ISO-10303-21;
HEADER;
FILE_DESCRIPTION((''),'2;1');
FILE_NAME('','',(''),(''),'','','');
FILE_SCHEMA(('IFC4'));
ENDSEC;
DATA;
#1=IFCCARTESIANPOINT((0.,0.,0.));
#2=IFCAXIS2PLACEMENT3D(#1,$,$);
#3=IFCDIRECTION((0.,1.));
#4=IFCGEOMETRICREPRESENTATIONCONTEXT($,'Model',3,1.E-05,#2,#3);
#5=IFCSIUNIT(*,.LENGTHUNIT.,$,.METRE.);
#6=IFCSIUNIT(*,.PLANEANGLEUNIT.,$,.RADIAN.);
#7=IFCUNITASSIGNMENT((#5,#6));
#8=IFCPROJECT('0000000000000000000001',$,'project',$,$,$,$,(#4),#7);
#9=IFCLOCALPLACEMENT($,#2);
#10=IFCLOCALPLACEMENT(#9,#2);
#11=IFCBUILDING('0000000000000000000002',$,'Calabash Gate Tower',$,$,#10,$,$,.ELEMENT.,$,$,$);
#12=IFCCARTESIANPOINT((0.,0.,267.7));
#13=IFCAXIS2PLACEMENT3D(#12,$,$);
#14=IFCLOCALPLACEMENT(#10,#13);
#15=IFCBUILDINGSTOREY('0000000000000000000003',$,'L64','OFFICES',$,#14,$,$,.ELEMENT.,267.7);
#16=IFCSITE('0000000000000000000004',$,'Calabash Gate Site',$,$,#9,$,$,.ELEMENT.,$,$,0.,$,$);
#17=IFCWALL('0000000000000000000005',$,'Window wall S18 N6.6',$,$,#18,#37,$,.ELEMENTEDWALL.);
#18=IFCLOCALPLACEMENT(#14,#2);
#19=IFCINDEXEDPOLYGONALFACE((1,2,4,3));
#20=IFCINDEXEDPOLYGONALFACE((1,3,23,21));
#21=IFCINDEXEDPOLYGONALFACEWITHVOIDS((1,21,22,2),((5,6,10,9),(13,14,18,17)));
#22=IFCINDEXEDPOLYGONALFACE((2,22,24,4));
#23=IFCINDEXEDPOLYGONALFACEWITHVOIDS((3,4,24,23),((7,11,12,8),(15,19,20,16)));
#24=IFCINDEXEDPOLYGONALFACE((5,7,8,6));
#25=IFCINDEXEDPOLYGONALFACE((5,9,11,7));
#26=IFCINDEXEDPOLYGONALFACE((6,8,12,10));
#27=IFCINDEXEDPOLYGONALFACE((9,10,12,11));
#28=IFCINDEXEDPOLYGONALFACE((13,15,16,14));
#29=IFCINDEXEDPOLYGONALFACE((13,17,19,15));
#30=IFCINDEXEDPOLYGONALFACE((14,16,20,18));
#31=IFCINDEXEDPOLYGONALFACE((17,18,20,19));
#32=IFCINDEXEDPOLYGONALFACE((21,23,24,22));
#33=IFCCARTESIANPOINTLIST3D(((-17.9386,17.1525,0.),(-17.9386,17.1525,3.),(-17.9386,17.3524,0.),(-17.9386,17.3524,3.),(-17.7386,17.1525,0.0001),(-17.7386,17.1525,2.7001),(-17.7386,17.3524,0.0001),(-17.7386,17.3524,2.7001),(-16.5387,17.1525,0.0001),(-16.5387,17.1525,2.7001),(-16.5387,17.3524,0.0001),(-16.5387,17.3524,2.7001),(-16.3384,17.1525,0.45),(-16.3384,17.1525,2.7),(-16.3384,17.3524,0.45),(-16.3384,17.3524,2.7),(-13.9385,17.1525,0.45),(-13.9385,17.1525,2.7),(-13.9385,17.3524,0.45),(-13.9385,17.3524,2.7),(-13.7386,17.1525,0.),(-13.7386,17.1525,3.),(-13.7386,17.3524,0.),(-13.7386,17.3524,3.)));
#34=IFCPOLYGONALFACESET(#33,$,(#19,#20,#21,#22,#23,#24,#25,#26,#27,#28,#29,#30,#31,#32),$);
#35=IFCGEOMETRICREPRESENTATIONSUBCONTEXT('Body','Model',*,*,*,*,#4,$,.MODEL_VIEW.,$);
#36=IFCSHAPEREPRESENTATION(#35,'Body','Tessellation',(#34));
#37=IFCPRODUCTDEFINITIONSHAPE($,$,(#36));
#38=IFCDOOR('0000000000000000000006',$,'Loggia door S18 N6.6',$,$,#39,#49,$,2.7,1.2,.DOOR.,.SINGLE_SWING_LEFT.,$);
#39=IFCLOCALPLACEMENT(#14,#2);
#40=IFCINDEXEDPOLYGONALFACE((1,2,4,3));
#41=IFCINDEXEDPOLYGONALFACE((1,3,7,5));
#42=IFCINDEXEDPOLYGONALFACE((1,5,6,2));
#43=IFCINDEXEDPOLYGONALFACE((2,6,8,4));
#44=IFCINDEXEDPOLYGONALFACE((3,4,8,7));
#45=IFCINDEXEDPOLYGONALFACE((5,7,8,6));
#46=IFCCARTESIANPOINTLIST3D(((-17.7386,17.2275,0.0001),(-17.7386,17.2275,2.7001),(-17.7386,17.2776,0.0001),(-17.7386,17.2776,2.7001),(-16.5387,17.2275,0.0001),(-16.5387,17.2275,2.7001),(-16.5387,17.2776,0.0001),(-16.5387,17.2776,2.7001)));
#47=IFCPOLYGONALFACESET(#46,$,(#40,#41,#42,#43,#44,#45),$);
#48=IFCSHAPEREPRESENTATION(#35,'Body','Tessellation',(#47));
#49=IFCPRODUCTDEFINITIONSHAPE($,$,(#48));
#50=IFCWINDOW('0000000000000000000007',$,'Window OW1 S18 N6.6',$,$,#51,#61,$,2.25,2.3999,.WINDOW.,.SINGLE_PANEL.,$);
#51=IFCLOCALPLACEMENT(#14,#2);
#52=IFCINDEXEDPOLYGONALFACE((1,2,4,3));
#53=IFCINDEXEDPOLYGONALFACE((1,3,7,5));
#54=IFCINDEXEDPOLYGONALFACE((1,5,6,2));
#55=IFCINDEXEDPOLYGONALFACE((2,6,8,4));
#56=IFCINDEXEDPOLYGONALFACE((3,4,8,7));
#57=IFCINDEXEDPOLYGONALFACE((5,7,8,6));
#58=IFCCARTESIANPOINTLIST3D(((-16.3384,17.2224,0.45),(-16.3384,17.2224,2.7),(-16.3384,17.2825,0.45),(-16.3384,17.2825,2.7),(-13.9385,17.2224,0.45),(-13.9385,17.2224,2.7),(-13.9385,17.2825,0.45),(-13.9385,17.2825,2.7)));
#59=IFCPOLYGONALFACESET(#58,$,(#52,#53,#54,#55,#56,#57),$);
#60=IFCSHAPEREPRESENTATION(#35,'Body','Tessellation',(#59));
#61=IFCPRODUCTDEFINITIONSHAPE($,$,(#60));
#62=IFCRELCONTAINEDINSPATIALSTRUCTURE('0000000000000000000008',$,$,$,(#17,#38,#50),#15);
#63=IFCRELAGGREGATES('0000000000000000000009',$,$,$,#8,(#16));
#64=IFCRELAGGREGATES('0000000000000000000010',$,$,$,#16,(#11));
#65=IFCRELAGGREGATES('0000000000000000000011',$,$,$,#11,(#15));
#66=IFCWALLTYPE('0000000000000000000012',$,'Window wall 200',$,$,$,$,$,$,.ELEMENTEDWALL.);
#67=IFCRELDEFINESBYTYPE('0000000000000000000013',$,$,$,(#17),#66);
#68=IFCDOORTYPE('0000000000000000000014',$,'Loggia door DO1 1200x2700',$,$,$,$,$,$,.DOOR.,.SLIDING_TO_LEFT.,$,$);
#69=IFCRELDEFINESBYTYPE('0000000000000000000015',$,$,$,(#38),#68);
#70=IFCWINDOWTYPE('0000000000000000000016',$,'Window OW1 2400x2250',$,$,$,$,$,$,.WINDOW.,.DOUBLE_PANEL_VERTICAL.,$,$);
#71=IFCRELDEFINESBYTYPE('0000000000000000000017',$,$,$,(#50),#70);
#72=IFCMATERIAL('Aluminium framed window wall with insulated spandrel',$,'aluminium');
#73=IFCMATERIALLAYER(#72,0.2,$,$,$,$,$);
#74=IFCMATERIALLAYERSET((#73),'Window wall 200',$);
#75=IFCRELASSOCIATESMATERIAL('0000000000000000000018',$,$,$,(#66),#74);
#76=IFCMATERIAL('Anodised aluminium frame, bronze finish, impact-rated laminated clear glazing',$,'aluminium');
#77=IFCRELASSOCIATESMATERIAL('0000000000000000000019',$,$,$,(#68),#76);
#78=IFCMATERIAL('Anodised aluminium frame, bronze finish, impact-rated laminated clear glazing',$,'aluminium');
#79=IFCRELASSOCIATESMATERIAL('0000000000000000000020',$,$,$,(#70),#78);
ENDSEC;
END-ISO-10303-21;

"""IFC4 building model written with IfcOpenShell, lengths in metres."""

from ifc_helpers import new_model, si_unit, direction, frame, frame_2d, origin, place, context, subcontext, project, spatial, rectangle, extrude, material, layer, layer_set, type_object, element, fill, save


model = new_model("IFC4")

# Units and contexts
model_context = context("Model", 3, precision=1e-05, world=origin(), true_north=direction((0.0, 1.0)))
body_context = subcontext(model_context, "Body", "Model", "MODEL_VIEW")
ifc_project = project(units=[si_unit("LENGTHUNIT", "METRE"), si_unit("PLANEANGLEUNIT", "RADIAN")], contexts=[model_context])

# Site, building, storey
site_placement = place(None, origin())
site = spatial("IfcSite", under=ifc_project, at=site_placement, Name="Calabash Gate Site", CompositionType="ELEMENT", RefElevation=0.0)
building_placement = place(site_placement, origin())
building = spatial("IfcBuilding", under=site, at=building_placement, Name="Calabash Gate Tower", CompositionType="ELEMENT")
storey_placement = place(building_placement, frame((0.0, 0.0, 267.7)))
storey = spatial("IfcBuildingStorey", under=building, at=storey_placement, Name="L64", Description="OFFICES", CompositionType="ELEMENT", Elevation=267.7)

# Wall, openings, door, window
ifc_material_1 = material(Name="Aluminium framed window wall with insulated spandrel", Category="aluminium")
ifc_layer_1 = layer(ifc_material_1, 0.2)
ifc_layer_set_1 = layer_set([ifc_layer_1], Name="Window wall 200")
wall_type_1 = type_object("IfcWallType", Name="Window wall 200", PredefinedType="ELEMENTEDWALL", material=ifc_layer_set_1)
wall_1_placement = place(storey_placement, frame((-13.7385, 17.2524, 0.0), z_axis=(0.0, 0.0, 1.0), x_axis=(-1.0, 0.0, 0.0)))
wall_1 = element("IfcWall", 1, at=wall_1_placement, inside=storey, type_object=wall_type_1, Name="Window wall S18 N6.6", PredefinedType="ELEMENTEDWALL", context=body_context, shape_type="SweptSolid", body=[
    extrude(rectangle(XDim=4.2, YDim=0.2, at=frame_2d((2.1001, 0.0))), origin(), (0.0, 0.0, 1.0), 3.0),
])
opening_1_placement = place(wall_1_placement, frame((0.2, 0.0, 0.45)))
opening_1 = element("IfcOpeningElement", 2, at=opening_1_placement, cuts=wall_1, PredefinedType="OPENING", context=body_context, shape_type="SweptSolid", body=[
    extrude(rectangle(XDim=2.3999, YDim=2.25, at=frame_2d((1.2, 1.125))), frame((0.0, 0.1099, 0.0), z_axis=(0.0, -1.0, 0.0), x_axis=(1.0, 0.0, 0.0)), (0.0, 0.0, 1.0), 0.22),
])
opening_2_placement = place(wall_1_placement, frame((2.8, 0.0, 0.0)))
opening_2 = element("IfcOpeningElement", 3, at=opening_2_placement, cuts=wall_1, PredefinedType="OPENING", context=body_context, shape_type="SweptSolid", body=[
    extrude(rectangle(XDim=1.2, YDim=2.7, at=frame_2d((0.6001, 1.3501))), frame((0.0, 0.1099, 0.0), z_axis=(0.0, -1.0, 0.0), x_axis=(1.0, 0.0, 0.0)), (0.0, 0.0, 1.0), 0.22),
])
ifc_material_2 = material(Name="Anodised aluminium frame, bronze finish, impact-rated laminated clear glazing", Category="aluminium")
door_type_1 = type_object("IfcDoorType", Name="Loggia door DO1 1200x2700", OperationType="SLIDING_TO_LEFT", PredefinedType="DOOR", material=ifc_material_2)
door_1_placement = place(opening_2_placement, origin())
door_1 = element("IfcDoor", 4, at=door_1_placement, inside=storey, type_object=door_type_1, Name="Loggia door S18 N6.6", OperationType="SINGLE_SWING_LEFT", OverallHeight=2.7, OverallWidth=1.2, PredefinedType="DOOR", context=body_context, shape_type="SweptSolid", body=[
    extrude(rectangle(XDim=1.2, YDim=2.7, at=frame_2d((0.6001, 1.3501))), frame((0.0, 0.0249, 0.0), z_axis=(0.0, -1.0, 0.0), x_axis=(1.0, 0.0, 0.0)), (0.0, 0.0, 1.0), 0.05),
])
fill(opening_2, door_1)
ifc_material_3 = material(Name="Anodised aluminium frame, bronze finish, impact-rated laminated clear glazing", Category="aluminium")
window_type = type_object("IfcWindowType", Name="Window OW1 2400x2250", PartitioningType="DOUBLE_PANEL_VERTICAL", PredefinedType="WINDOW", material=ifc_material_3)
window_placement = place(opening_1_placement, origin())
window = element("IfcWindow", 5, at=window_placement, inside=storey, type_object=window_type, Name="Window OW1 S18 N6.6", OverallHeight=2.25, OverallWidth=2.3999, PartitioningType="SINGLE_PANEL", PredefinedType="WINDOW", context=body_context, shape_type="SweptSolid", body=[
    extrude(rectangle(XDim=2.3999, YDim=2.25, at=frame_2d((1.2, 1.125))), frame((0.0, 0.03, 0.0), z_axis=(0.0, -1.0, 0.0), x_axis=(1.0, 0.0, 0.0)), (0.0, 0.0, 1.0), 0.0601),
])
fill(opening_1, window)

save(model, "model.ifc")
